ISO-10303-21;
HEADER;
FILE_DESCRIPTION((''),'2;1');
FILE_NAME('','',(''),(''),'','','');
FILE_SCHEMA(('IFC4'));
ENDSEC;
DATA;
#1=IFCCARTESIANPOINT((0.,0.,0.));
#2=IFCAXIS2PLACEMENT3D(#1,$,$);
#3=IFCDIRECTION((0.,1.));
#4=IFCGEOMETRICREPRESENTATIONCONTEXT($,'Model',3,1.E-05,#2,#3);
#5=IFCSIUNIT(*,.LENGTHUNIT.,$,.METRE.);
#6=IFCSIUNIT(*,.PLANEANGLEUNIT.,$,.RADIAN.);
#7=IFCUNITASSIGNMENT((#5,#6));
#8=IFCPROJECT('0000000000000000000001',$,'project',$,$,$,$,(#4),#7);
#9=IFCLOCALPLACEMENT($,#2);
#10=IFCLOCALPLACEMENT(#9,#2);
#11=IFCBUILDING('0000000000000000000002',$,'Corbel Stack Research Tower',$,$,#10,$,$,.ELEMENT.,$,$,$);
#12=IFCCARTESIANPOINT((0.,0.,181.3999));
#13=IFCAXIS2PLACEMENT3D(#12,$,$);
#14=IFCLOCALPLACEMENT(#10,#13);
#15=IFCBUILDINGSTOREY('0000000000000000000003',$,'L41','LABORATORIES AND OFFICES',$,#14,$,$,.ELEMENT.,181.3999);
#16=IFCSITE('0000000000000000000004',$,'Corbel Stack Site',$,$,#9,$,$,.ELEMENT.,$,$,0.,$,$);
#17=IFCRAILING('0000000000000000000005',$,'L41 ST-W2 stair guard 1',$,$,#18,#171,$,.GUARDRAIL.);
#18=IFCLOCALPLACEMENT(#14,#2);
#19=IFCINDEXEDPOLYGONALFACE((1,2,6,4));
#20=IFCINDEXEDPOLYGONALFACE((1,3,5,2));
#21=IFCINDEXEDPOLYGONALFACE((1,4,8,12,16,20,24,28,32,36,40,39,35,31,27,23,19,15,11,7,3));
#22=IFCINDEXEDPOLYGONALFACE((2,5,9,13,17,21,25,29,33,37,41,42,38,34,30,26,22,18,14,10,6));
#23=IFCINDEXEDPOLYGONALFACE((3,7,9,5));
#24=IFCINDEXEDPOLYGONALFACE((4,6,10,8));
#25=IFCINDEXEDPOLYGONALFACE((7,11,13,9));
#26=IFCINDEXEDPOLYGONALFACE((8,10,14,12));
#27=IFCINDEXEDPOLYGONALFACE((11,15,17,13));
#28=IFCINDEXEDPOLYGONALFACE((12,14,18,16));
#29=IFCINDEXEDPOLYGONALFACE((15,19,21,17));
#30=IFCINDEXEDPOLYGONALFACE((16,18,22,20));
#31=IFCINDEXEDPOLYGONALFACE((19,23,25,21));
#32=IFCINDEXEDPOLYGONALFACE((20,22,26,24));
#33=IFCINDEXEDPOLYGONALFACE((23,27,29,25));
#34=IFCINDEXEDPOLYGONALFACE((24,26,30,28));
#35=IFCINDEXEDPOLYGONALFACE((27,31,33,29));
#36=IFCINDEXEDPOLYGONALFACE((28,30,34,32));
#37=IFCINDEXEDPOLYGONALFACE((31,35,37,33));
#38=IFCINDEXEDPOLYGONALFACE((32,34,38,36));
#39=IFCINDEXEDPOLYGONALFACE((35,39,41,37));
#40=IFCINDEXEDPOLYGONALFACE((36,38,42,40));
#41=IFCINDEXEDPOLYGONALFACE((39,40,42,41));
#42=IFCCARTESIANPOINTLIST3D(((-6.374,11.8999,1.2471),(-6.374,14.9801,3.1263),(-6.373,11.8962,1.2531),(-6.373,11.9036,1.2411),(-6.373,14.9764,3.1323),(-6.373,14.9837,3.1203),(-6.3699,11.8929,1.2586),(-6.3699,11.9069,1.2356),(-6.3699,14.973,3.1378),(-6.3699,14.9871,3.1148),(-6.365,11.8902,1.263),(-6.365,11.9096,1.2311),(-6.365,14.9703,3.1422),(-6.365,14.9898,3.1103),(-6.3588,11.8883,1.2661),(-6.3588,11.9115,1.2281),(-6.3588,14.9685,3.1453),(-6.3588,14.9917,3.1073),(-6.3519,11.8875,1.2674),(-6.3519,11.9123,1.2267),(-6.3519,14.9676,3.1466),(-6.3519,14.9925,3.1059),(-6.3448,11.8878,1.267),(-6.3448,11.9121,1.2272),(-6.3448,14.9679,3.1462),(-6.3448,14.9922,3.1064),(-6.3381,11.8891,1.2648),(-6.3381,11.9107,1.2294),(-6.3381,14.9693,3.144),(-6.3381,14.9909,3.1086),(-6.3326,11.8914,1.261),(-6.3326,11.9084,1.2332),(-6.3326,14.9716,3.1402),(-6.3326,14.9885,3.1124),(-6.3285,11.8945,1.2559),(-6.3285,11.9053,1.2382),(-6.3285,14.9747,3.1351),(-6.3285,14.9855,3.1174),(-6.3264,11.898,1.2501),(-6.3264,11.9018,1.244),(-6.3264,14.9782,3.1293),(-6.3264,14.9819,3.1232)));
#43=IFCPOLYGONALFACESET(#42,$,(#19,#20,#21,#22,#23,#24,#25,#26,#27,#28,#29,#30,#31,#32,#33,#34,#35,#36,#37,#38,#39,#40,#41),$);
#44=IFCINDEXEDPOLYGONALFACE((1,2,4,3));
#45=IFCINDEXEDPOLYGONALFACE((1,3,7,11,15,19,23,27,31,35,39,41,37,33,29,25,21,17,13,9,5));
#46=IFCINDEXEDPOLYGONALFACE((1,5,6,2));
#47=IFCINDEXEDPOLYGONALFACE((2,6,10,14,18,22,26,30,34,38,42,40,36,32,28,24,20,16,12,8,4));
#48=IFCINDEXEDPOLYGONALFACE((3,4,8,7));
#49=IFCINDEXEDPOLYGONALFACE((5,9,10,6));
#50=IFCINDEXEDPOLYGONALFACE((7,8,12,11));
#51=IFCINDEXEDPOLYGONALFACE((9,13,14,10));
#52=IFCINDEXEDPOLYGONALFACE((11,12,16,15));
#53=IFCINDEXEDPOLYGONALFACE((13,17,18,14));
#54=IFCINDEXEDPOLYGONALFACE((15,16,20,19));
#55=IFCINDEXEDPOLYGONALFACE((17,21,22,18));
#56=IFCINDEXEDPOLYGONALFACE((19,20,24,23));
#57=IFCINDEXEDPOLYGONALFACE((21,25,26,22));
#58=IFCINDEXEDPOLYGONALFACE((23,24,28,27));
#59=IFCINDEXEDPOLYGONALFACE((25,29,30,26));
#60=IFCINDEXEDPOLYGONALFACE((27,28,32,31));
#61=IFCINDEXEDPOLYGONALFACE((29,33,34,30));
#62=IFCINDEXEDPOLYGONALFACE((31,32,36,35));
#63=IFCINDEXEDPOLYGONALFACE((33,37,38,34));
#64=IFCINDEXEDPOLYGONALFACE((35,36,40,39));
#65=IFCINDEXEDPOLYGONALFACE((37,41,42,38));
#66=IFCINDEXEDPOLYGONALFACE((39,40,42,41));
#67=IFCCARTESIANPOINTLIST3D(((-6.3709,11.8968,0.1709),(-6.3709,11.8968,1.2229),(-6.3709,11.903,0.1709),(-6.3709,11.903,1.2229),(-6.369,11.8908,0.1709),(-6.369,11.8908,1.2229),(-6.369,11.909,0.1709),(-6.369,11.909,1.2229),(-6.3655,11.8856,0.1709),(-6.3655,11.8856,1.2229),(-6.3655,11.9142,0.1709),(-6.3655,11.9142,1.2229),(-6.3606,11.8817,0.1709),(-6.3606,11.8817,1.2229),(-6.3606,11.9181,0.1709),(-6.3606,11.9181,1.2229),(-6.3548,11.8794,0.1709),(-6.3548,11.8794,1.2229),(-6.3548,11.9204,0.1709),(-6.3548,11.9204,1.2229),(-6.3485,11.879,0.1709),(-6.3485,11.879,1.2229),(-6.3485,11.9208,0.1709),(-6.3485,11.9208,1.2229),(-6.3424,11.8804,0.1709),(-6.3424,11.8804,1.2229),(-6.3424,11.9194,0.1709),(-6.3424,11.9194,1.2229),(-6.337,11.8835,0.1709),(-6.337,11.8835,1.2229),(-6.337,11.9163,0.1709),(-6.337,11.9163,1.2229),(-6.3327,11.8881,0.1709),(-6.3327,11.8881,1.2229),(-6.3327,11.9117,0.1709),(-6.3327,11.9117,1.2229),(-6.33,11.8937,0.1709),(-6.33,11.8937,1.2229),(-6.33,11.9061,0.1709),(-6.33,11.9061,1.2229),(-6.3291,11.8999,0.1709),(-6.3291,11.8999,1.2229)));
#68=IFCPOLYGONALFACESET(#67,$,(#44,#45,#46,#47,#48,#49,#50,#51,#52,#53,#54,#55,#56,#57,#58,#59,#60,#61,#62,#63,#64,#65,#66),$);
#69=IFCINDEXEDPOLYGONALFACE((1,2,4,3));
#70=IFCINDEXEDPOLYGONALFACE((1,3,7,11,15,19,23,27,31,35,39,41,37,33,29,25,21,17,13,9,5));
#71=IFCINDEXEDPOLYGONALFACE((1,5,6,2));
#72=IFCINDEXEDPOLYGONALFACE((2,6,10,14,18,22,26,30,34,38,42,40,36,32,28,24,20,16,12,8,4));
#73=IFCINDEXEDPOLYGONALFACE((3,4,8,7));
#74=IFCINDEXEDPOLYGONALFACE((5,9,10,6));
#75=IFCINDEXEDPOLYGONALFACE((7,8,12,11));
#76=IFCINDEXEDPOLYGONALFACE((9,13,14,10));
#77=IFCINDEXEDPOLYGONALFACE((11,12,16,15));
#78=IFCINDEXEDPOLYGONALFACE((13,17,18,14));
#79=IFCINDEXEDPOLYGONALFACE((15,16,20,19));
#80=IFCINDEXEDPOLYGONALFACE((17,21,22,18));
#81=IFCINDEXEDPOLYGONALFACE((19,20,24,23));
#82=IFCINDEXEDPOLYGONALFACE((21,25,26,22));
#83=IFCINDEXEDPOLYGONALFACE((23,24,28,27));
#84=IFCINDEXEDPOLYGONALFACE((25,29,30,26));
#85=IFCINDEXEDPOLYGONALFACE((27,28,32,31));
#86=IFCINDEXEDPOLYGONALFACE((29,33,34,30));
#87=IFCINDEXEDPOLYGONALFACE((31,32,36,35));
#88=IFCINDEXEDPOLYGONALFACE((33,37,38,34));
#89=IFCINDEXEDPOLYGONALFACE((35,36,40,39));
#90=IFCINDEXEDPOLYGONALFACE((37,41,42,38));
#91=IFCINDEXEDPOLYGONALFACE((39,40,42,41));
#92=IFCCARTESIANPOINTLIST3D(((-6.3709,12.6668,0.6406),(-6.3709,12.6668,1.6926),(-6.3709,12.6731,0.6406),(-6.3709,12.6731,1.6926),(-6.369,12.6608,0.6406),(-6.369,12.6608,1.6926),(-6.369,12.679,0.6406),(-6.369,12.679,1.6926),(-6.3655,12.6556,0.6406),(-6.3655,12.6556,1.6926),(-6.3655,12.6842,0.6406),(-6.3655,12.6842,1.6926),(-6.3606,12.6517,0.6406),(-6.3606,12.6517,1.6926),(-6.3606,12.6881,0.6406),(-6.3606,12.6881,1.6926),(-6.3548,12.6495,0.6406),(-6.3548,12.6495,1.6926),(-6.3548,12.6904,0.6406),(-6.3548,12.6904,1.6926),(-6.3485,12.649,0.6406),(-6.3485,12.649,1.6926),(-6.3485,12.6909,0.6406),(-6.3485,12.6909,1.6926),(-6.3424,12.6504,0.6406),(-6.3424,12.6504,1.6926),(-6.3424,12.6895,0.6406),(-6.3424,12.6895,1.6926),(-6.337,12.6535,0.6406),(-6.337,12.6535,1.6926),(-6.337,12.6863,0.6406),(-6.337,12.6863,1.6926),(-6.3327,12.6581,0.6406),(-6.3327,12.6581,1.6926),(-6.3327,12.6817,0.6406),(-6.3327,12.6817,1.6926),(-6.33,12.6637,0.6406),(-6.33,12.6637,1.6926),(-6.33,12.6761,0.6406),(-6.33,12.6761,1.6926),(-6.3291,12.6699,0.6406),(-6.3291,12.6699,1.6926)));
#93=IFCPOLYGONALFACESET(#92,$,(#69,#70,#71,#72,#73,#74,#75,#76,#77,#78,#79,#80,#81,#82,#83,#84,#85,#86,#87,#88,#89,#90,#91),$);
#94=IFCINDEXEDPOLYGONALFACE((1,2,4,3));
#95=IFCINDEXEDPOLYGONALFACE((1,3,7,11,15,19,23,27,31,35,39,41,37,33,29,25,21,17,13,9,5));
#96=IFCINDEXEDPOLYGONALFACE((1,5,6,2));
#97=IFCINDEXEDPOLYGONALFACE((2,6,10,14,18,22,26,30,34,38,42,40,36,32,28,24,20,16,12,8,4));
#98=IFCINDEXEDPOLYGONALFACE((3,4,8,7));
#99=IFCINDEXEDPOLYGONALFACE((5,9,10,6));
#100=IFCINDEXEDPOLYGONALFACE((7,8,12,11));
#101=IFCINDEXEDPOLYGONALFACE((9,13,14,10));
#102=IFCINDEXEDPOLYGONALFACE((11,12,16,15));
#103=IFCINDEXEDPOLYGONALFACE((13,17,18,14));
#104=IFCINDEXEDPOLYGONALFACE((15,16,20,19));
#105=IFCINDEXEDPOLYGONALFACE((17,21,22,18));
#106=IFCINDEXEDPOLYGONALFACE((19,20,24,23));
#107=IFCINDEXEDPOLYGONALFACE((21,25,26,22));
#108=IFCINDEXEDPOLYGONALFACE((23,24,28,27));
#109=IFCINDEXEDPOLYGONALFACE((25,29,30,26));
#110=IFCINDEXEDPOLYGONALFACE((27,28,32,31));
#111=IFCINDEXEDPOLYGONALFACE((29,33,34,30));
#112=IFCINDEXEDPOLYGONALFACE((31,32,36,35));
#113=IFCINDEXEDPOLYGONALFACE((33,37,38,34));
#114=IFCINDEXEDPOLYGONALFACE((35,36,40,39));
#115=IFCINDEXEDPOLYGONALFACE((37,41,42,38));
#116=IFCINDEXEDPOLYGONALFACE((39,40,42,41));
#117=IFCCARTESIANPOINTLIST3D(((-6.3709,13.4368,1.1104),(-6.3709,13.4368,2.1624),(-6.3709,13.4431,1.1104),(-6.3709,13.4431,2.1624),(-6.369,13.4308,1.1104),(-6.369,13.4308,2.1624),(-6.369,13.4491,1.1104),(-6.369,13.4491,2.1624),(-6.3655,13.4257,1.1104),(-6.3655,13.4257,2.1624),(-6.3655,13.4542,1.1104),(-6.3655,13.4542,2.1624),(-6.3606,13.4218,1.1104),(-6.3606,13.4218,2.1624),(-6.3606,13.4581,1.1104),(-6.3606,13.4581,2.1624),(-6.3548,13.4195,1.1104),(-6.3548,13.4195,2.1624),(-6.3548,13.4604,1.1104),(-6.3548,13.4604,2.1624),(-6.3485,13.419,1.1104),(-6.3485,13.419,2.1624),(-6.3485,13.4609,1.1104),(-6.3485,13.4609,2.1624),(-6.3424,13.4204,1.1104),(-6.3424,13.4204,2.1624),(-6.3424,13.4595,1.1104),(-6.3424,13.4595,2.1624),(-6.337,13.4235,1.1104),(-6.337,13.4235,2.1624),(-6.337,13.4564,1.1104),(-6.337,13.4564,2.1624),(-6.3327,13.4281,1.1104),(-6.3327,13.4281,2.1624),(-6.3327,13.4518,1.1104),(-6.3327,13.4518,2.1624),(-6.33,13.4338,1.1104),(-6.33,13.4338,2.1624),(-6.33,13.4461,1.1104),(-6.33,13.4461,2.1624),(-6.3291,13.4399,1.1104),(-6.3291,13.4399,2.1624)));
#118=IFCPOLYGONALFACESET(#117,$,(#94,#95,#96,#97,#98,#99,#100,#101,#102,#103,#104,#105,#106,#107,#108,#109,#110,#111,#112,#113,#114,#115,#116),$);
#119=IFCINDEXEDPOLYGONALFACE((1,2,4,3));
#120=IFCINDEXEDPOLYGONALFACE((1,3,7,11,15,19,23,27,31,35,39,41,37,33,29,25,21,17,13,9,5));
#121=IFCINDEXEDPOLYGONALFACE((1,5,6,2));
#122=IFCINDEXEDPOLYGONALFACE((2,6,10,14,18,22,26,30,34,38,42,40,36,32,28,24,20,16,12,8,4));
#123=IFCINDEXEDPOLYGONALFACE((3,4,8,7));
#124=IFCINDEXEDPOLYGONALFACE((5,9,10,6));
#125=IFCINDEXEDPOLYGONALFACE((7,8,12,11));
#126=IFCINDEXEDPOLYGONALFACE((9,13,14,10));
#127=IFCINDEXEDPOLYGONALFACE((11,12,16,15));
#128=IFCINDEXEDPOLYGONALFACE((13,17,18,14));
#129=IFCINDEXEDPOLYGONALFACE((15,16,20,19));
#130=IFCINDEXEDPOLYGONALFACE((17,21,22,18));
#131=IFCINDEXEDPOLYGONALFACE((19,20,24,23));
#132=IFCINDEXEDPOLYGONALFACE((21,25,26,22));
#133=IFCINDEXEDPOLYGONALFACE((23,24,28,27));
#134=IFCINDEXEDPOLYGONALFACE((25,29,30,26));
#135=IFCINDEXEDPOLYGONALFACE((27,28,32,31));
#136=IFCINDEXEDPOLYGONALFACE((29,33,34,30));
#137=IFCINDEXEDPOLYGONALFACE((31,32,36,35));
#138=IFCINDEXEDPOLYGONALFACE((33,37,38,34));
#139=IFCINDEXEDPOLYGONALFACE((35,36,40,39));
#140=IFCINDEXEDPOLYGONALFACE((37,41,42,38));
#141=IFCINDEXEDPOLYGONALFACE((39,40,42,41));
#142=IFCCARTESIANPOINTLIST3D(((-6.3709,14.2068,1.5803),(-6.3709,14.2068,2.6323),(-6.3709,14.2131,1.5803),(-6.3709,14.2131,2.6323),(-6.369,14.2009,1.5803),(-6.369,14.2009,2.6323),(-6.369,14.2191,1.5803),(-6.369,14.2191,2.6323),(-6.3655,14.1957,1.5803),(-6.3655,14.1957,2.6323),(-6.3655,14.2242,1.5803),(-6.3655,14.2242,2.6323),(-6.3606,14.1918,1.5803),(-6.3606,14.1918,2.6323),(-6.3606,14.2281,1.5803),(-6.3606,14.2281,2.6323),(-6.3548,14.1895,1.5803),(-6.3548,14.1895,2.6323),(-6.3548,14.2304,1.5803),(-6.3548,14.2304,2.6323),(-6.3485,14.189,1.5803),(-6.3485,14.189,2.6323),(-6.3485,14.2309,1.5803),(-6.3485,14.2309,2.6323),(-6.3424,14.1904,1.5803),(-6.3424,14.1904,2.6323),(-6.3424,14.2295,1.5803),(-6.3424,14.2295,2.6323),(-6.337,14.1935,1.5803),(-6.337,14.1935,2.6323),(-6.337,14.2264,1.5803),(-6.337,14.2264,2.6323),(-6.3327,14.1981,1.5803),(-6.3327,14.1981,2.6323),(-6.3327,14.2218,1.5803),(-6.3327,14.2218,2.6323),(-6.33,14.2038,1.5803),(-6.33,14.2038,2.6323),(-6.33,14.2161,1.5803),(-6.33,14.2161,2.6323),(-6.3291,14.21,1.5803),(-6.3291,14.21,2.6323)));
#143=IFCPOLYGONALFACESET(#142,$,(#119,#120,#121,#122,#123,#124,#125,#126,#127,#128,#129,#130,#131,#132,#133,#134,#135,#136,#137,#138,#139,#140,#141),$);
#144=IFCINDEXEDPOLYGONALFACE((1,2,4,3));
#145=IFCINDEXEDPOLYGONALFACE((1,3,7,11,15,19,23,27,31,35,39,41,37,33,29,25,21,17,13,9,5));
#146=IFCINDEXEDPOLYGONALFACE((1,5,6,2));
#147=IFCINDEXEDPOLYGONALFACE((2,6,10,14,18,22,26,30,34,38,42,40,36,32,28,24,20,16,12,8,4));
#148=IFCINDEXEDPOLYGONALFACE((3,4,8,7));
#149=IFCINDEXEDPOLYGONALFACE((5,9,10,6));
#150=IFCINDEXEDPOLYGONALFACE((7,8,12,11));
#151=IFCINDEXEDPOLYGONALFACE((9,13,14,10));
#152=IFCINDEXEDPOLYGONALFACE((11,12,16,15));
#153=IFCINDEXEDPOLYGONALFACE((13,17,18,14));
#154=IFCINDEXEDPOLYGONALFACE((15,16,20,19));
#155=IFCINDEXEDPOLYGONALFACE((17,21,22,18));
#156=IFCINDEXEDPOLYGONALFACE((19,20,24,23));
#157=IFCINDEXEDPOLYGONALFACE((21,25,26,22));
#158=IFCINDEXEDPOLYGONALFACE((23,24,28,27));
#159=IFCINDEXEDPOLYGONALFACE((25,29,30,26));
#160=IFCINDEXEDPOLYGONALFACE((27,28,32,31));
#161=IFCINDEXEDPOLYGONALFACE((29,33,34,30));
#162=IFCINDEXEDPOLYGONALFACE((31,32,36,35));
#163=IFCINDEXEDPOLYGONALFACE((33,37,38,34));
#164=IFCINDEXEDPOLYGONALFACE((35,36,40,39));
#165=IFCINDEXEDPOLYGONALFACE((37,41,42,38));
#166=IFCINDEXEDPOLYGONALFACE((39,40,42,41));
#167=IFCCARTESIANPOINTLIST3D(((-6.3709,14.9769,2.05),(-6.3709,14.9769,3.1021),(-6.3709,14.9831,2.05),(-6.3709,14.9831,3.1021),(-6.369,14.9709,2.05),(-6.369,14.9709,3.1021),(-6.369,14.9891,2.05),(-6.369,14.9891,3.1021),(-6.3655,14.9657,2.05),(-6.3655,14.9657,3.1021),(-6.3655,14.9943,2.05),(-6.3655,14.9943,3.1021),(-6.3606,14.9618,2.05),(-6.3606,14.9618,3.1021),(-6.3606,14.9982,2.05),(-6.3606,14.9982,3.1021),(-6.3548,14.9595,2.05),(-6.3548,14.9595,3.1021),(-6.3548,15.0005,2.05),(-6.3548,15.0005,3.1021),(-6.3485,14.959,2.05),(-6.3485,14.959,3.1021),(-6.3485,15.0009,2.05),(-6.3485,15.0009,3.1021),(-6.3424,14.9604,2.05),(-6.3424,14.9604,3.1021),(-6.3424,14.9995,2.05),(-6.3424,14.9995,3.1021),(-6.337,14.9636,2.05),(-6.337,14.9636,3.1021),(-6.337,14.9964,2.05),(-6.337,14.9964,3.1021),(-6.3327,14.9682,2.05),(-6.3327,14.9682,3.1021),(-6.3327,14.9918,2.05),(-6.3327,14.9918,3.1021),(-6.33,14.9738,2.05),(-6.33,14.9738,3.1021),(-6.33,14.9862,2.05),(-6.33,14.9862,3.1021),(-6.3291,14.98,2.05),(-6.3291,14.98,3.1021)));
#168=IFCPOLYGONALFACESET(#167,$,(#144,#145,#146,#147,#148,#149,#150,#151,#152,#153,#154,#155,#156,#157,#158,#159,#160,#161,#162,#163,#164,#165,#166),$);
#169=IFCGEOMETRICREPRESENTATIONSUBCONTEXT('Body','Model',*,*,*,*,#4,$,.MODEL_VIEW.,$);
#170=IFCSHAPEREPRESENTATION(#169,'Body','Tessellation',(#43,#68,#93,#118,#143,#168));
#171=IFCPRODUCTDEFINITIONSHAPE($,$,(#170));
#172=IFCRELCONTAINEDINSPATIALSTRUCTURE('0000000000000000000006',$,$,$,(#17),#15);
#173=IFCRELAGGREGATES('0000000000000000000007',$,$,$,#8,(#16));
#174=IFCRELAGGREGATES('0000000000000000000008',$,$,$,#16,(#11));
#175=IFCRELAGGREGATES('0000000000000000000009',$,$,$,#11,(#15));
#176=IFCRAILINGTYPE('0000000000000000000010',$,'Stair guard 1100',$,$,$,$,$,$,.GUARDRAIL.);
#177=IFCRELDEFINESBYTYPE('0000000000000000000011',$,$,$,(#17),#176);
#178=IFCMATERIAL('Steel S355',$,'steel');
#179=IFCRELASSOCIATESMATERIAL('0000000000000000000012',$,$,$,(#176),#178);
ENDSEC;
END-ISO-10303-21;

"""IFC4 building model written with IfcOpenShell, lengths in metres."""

from ifc_helpers import new_model, si_unit, direction, frame, origin, origin_2d, place, context, subcontext, project, spatial, circle, extrude, material, type_object, element, save


model = new_model("IFC4")

# Units and contexts
model_context = context("Model", 3, precision=1e-05, world=origin(), true_north=direction((0.0, 1.0)))
body_context = subcontext(model_context, "Body", "Model", "MODEL_VIEW")
ifc_project = project(units=[si_unit("LENGTHUNIT", "METRE"), si_unit("PLANEANGLEUNIT", "RADIAN")], contexts=[model_context])

# Site, building, storey
site_placement = place(None, origin())
site = spatial("IfcSite", under=ifc_project, at=site_placement, Name="Corbel Stack Site", CompositionType="ELEMENT", RefElevation=0.0)
building_placement = place(site_placement, origin())
building = spatial("IfcBuilding", under=site, at=building_placement, Name="Corbel Stack Research Tower", CompositionType="ELEMENT")
storey_placement = place(building_placement, frame((0.0, 0.0, 181.3999)))
storey = spatial("IfcBuildingStorey", under=building, at=storey_placement, Name="L41", Description="LABORATORIES AND OFFICES", CompositionType="ELEMENT", Elevation=181.3999)

# Railing
ifc_material_1 = material(Name="Steel S355", Category="steel")
railing_type_1 = type_object("IfcRailingType", Name="Stair guard 1100", PredefinedType="GUARDRAIL", material=ifc_material_1)
railing_1_placement = place(storey_placement, frame((-6.3501, 11.8999, 0.1709)))
element("IfcRailing", 1, at=railing_1_placement, inside=storey, type_object=railing_type_1, Name="L41 ST-W2 stair guard 1", PredefinedType="GUARDRAIL", context=body_context, shape_type="SweptSolid", body=[
    extrude(circle(Radius=0.0239, at=origin_2d()), frame((0.0, 0.0, 1.0762), z_axis=(0.0, 0.853666, 0.52082), x_axis=(-1.0, 0.0, 0.0)), (0.0, 0.0, 1.0), 3.6082),
    extrude(circle(Radius=0.021, at=origin_2d()), origin(), (0.0, 0.0, 1.0), 1.052),
    extrude(circle(Radius=0.021, at=origin_2d()), frame((0.0, 0.77, 0.4697)), (0.0, 0.0, 1.0), 1.052),
    extrude(circle(Radius=0.021, at=origin_2d()), frame((0.0, 1.54, 0.9395)), (0.0, 0.0, 1.0), 1.052),
    extrude(circle(Radius=0.021, at=origin_2d()), frame((0.0, 2.3101, 1.4094)), (0.0, 0.0, 1.0), 1.052),
    extrude(circle(Radius=0.021, at=origin_2d()), frame((0.0, 3.0801, 1.8792)), (0.0, 0.0, 1.0), 1.052),
])

save(model, "model.ifc")
